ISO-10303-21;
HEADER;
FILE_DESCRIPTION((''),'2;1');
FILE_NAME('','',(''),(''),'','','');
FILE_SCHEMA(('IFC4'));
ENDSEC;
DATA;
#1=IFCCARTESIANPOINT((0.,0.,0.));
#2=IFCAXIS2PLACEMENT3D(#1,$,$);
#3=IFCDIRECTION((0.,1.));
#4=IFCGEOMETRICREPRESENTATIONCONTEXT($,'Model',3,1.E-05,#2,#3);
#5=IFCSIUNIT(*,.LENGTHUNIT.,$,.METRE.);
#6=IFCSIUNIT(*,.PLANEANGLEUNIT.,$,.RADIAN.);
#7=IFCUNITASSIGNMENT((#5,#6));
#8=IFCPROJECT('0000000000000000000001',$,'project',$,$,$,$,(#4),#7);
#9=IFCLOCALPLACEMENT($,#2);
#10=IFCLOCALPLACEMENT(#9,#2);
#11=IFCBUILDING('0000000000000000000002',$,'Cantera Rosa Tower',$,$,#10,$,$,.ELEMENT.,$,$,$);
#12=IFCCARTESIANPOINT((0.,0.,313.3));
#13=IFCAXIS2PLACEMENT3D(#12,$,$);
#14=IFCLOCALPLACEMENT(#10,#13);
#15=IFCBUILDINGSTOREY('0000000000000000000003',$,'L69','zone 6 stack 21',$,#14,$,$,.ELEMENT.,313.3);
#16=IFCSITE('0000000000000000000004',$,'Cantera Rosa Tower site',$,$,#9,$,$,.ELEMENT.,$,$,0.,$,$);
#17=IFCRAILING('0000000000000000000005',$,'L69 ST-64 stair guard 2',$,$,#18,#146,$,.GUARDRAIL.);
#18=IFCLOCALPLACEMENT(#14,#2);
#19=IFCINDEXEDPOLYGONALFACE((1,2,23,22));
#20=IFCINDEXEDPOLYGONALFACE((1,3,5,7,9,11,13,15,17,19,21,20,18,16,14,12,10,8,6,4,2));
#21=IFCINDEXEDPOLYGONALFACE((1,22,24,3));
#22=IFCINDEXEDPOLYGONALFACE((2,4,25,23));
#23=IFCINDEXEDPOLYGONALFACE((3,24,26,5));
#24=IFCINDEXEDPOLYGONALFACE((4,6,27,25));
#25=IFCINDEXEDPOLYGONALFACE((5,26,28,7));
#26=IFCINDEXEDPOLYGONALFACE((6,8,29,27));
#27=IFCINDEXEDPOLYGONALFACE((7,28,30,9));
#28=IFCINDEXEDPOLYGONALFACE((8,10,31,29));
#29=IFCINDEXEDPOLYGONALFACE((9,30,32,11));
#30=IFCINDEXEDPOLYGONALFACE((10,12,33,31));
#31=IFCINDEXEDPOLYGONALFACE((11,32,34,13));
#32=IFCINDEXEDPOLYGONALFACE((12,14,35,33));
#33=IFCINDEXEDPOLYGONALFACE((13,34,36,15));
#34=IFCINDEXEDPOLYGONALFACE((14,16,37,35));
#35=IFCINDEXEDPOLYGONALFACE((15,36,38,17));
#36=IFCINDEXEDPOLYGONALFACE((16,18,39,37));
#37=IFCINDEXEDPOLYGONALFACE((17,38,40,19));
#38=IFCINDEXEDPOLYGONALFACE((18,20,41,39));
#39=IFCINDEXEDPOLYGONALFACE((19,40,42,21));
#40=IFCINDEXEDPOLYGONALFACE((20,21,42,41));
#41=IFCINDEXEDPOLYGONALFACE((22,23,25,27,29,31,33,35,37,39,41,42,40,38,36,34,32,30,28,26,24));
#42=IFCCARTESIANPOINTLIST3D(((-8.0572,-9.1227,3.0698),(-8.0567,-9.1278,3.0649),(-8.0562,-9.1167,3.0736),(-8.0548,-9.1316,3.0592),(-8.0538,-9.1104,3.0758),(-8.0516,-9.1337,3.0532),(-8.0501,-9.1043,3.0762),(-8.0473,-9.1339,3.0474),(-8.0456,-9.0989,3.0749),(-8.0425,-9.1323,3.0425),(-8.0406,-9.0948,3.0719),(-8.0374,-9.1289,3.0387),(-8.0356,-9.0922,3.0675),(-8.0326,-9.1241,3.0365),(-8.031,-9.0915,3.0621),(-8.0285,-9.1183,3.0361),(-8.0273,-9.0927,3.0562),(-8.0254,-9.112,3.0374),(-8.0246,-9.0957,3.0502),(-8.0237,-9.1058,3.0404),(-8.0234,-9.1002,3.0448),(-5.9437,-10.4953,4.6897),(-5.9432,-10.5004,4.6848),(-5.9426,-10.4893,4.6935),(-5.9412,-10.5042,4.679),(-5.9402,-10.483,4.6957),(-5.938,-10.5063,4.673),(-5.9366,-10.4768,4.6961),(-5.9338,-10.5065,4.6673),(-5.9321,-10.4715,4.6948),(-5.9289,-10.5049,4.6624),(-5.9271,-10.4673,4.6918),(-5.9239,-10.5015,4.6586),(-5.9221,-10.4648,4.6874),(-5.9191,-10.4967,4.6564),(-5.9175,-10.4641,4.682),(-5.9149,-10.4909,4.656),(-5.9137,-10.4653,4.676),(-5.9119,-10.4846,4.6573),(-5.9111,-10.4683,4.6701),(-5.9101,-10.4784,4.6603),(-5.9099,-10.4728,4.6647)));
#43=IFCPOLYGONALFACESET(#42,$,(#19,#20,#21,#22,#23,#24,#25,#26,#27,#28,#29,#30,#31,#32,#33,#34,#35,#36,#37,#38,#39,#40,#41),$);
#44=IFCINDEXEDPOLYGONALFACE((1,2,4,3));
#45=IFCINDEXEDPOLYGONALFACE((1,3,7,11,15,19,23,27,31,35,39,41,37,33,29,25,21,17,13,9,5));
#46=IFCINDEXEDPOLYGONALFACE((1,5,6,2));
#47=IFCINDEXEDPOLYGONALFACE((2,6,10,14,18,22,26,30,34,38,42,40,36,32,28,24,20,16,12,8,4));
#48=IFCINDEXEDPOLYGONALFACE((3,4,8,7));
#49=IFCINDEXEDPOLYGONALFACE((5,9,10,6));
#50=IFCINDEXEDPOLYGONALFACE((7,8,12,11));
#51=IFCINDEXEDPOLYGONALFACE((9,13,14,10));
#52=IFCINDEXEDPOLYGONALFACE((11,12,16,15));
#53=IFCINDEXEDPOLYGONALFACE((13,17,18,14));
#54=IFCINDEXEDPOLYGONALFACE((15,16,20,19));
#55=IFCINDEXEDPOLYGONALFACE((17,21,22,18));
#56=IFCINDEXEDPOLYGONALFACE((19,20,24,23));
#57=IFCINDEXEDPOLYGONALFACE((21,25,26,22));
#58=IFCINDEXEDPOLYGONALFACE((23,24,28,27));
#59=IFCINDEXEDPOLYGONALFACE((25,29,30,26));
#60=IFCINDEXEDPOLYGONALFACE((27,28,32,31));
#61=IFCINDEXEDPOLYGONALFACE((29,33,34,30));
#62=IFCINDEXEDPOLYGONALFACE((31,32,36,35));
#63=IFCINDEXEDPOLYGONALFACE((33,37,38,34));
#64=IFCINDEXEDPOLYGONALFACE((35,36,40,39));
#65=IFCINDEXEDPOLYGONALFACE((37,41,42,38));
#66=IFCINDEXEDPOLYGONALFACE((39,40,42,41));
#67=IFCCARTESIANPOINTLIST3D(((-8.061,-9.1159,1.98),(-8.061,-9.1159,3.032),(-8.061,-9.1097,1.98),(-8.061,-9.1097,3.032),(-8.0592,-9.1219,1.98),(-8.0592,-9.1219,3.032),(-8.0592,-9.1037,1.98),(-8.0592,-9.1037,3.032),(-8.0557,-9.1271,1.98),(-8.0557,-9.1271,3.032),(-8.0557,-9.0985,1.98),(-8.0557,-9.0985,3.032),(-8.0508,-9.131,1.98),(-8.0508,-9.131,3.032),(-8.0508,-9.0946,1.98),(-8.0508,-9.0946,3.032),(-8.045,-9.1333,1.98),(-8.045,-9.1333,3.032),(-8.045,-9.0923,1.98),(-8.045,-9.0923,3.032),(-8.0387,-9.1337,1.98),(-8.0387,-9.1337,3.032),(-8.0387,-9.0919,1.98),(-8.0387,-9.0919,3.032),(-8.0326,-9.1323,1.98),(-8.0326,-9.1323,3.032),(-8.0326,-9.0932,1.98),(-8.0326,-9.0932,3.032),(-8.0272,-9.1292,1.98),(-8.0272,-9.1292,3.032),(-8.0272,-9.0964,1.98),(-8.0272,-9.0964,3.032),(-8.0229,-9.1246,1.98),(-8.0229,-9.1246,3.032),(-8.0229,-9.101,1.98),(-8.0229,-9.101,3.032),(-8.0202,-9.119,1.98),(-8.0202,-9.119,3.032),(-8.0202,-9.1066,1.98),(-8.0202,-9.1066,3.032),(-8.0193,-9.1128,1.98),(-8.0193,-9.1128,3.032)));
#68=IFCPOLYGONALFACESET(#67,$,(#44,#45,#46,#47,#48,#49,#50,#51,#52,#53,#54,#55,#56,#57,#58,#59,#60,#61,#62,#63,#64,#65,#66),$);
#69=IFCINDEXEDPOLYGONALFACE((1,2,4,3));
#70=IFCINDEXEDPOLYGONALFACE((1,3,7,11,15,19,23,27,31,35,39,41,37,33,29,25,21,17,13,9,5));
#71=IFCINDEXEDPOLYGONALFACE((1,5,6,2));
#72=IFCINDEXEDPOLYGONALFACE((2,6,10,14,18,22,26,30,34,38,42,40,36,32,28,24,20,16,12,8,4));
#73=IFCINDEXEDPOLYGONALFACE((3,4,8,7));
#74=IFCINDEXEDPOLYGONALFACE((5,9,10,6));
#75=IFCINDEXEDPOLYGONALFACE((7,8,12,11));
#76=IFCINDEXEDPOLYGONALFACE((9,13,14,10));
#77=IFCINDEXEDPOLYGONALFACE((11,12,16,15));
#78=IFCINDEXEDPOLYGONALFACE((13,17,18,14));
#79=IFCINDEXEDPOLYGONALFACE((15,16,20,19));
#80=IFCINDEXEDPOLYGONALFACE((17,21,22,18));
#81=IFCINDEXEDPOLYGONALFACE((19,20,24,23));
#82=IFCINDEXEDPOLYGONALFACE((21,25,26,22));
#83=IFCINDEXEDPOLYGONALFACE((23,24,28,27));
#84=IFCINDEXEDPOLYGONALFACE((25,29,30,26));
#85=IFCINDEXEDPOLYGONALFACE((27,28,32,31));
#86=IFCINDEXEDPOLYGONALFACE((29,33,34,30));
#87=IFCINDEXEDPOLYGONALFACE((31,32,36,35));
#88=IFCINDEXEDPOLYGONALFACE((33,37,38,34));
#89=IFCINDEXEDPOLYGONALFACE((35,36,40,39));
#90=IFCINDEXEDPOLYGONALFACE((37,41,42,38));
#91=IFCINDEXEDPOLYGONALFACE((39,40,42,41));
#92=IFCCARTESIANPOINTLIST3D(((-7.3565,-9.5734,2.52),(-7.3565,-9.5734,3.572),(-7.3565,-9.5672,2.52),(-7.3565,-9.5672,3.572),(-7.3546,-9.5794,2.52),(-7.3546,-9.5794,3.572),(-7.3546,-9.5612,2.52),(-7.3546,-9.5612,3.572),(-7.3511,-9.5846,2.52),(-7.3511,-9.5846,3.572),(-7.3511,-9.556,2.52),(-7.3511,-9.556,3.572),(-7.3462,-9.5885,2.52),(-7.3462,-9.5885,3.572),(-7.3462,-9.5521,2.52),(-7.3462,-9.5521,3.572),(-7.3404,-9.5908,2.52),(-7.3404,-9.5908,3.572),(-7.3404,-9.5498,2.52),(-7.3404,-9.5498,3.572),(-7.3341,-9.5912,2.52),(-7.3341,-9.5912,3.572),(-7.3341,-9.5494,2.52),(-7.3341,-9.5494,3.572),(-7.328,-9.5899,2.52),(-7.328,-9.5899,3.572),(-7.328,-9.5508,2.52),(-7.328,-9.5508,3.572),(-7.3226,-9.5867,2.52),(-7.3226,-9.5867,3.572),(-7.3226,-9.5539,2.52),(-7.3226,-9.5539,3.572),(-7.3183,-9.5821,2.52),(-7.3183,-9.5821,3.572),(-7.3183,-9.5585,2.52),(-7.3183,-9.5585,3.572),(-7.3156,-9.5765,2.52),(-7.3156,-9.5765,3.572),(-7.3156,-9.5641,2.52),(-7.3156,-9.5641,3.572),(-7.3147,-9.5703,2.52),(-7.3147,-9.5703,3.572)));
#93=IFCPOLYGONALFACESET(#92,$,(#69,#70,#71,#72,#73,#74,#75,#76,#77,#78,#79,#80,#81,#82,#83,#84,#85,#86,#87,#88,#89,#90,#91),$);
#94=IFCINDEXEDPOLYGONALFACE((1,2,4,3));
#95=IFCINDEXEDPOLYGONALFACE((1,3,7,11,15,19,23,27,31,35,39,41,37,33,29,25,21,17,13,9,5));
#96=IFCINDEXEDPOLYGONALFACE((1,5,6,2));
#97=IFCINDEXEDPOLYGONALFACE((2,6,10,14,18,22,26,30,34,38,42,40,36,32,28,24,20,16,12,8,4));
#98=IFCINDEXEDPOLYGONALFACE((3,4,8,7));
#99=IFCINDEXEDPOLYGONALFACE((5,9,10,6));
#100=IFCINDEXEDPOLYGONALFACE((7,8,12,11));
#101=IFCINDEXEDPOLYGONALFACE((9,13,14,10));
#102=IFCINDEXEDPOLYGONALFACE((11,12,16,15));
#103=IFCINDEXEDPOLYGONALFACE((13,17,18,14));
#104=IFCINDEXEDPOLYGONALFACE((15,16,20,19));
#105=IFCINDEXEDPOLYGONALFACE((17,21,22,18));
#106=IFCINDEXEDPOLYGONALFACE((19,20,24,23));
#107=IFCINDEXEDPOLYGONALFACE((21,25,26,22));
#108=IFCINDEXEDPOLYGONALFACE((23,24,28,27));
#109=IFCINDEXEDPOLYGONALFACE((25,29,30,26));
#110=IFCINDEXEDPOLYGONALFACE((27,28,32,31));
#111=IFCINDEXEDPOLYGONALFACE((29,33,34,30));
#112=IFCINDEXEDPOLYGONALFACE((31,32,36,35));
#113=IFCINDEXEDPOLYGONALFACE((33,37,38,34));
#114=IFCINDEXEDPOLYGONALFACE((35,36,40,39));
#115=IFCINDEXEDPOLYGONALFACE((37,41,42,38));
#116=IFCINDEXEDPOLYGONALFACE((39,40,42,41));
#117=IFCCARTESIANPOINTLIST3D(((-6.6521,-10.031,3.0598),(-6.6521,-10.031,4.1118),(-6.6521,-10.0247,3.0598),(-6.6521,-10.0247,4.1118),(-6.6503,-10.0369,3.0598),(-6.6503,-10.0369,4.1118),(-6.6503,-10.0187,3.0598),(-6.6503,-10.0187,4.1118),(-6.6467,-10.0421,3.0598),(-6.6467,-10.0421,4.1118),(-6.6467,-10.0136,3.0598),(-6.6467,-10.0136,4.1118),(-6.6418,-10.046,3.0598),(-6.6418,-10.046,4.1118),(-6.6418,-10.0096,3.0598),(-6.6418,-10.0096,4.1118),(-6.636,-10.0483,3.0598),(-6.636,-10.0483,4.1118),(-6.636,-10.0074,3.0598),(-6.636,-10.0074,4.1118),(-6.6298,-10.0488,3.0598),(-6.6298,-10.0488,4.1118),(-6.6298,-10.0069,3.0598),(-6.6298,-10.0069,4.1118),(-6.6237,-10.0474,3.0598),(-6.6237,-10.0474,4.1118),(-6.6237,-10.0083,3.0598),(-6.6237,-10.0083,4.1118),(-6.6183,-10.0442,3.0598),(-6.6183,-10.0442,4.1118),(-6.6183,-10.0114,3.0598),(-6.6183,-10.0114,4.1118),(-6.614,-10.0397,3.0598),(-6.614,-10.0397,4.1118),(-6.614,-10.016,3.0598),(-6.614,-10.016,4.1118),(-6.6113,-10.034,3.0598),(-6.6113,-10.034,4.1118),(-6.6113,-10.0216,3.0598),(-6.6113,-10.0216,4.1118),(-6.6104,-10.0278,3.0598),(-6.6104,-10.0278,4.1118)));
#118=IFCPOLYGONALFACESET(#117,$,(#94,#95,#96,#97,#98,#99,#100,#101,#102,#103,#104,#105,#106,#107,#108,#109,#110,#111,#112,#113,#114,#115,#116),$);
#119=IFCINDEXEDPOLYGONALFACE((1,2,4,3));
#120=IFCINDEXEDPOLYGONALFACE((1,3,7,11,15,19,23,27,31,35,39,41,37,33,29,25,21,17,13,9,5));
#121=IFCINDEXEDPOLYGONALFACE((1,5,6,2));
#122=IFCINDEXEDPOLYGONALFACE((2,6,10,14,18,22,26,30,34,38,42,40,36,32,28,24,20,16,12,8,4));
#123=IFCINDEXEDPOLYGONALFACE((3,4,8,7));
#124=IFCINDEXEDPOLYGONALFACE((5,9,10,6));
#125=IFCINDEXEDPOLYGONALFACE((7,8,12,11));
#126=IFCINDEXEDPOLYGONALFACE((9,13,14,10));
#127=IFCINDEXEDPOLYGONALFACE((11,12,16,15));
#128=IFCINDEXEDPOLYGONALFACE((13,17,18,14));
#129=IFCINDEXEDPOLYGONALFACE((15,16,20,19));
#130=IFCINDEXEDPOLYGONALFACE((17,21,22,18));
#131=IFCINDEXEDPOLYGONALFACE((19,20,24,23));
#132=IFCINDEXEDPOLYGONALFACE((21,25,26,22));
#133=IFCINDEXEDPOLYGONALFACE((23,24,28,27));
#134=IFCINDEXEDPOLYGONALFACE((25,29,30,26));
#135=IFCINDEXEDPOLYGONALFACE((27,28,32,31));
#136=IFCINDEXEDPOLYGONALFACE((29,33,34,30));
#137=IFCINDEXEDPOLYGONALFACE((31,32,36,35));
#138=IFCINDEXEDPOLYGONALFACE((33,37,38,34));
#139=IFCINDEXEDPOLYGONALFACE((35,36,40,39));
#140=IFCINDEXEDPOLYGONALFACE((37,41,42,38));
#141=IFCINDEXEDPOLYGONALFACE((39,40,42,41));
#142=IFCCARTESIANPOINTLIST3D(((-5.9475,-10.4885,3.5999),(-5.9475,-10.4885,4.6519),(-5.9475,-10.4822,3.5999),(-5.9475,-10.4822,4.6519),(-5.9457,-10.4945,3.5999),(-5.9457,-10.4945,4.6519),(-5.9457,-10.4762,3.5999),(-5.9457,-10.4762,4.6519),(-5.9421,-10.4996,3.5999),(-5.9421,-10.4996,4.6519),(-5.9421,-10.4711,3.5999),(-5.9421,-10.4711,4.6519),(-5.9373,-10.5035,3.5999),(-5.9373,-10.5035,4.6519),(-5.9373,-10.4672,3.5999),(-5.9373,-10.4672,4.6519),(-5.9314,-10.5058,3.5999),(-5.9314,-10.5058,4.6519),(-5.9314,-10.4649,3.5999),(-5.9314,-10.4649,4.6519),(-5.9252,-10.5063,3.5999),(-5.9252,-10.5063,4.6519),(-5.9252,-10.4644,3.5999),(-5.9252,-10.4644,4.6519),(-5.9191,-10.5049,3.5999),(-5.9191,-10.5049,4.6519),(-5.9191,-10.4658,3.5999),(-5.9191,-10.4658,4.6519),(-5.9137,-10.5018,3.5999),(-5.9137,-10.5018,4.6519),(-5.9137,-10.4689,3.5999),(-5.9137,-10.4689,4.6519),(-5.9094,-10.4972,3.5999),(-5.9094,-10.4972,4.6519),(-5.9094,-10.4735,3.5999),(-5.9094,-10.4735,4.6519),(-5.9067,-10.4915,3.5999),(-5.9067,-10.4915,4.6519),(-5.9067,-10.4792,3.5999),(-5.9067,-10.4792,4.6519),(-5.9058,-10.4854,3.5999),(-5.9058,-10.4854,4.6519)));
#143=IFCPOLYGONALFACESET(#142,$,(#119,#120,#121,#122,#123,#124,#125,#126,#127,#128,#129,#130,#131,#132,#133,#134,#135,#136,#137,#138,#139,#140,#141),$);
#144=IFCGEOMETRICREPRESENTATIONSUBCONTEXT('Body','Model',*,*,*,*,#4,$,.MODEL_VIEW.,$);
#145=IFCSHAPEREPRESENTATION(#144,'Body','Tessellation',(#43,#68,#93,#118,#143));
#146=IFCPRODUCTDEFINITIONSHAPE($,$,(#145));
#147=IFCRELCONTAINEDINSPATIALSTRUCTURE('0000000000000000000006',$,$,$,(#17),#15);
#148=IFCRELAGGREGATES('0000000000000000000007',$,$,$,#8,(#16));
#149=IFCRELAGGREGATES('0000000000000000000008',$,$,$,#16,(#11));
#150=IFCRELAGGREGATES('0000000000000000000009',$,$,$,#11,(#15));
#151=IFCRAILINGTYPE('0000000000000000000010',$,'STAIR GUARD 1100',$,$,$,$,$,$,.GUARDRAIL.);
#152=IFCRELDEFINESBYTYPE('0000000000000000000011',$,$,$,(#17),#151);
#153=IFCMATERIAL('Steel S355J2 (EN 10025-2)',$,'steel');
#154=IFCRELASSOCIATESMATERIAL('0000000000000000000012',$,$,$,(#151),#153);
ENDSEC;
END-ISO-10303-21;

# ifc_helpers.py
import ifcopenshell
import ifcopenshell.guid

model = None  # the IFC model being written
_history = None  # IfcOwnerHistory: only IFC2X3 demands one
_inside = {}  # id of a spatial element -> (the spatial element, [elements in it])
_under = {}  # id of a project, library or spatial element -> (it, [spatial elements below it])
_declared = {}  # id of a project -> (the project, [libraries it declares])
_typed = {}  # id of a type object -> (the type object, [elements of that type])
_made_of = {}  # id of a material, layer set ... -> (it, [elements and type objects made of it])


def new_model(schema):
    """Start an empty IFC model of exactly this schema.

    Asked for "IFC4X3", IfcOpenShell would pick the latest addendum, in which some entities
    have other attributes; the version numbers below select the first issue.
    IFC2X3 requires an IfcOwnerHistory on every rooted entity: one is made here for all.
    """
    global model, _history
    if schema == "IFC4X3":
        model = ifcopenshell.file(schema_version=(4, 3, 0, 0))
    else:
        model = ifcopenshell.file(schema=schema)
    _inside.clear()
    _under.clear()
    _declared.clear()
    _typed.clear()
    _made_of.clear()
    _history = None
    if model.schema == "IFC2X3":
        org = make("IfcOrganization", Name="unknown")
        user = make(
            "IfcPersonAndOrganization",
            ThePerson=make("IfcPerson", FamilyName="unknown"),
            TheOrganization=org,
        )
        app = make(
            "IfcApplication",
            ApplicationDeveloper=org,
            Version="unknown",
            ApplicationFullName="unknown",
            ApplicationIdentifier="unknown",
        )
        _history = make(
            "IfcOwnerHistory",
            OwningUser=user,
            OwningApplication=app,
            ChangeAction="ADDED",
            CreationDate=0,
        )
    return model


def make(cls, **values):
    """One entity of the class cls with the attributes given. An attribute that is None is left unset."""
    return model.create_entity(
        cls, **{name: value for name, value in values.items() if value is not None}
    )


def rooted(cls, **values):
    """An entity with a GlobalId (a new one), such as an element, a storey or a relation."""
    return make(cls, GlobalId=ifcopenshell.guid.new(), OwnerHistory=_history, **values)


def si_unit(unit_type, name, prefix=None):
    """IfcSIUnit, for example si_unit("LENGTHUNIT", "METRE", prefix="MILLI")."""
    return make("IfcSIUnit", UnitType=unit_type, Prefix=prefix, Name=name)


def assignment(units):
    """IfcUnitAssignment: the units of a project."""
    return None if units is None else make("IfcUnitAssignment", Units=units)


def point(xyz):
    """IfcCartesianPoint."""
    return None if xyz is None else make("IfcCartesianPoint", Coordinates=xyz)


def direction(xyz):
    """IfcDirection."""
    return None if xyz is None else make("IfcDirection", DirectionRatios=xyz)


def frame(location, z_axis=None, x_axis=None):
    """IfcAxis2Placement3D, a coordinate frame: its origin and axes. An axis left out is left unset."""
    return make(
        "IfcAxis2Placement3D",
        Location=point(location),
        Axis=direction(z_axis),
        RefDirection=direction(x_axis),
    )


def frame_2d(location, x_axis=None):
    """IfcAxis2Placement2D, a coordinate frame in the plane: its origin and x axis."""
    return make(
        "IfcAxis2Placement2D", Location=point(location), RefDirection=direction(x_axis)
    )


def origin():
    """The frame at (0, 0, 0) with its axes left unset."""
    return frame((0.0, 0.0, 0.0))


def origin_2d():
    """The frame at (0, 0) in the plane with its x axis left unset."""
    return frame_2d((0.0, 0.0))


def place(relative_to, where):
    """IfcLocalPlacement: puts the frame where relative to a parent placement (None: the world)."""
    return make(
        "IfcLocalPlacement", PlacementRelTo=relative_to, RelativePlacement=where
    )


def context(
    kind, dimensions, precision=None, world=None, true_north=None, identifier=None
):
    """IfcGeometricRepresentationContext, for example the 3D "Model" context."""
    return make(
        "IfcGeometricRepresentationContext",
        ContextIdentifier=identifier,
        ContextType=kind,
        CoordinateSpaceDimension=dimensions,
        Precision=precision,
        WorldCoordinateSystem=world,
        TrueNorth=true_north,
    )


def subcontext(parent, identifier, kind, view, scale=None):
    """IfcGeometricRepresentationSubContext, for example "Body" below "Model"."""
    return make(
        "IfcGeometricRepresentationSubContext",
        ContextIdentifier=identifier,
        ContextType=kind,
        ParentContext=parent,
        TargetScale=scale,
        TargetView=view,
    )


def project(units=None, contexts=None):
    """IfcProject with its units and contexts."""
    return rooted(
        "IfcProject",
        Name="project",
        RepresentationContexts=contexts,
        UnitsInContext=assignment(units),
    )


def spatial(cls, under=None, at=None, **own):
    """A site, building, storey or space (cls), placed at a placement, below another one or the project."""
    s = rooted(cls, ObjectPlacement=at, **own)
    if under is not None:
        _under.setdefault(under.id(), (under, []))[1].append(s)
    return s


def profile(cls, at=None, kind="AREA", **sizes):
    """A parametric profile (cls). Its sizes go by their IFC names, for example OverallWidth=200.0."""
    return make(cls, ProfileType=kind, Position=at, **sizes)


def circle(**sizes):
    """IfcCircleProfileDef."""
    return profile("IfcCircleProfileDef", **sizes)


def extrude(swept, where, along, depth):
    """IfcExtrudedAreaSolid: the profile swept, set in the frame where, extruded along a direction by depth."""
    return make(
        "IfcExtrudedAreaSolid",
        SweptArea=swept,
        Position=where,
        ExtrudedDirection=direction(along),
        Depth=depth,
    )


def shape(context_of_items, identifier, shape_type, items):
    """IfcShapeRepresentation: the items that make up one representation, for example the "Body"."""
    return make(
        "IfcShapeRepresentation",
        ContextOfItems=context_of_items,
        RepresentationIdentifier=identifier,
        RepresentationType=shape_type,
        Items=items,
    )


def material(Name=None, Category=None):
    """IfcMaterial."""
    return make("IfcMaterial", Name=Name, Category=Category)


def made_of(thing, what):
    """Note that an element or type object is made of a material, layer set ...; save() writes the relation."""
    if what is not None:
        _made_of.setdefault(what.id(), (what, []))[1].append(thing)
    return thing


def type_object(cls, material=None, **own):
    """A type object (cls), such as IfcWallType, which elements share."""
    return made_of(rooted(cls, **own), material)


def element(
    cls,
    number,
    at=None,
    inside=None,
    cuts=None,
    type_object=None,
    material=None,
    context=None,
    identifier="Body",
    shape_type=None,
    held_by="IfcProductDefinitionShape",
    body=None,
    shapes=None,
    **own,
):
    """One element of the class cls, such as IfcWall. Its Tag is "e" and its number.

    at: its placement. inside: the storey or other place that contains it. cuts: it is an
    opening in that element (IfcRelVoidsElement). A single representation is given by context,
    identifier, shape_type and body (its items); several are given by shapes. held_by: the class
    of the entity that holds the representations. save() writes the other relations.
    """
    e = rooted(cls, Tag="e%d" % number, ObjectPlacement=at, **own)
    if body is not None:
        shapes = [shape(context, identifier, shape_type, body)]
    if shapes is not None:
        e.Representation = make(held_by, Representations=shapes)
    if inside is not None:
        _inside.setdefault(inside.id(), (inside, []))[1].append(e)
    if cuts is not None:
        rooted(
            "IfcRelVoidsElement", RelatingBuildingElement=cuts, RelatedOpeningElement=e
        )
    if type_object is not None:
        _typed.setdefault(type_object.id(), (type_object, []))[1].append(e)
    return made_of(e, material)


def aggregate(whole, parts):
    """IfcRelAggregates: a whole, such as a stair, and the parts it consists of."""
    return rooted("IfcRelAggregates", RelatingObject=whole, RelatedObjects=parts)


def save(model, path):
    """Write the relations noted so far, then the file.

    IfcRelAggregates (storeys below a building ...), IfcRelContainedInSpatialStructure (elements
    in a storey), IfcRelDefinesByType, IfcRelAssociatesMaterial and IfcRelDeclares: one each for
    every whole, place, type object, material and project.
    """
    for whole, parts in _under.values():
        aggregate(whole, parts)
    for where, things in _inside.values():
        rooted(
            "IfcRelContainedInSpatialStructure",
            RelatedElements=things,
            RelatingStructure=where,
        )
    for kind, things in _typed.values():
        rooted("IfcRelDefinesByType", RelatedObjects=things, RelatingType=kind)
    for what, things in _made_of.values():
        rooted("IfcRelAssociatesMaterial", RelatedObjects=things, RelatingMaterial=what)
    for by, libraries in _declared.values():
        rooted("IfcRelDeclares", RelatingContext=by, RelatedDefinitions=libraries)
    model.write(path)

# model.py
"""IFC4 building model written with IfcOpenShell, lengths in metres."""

from ifc_helpers import new_model, si_unit, direction, frame, origin, origin_2d, place, context, subcontext, project, spatial, circle, extrude, material, type_object, element, save


model = new_model("IFC4")

# Units and contexts
model_context = context("Model", 3, precision=1e-05, world=origin(), true_north=direction((0.0, 1.0)))
body_context = subcontext(model_context, "Body", "Model", "MODEL_VIEW")
ifc_project = project(units=[si_unit("LENGTHUNIT", "METRE"), si_unit("PLANEANGLEUNIT", "RADIAN")], contexts=[model_context])

# Site, building, storey
site_placement = place(None, origin())
site = spatial("IfcSite", under=ifc_project, at=site_placement, Name="Cantera Rosa Tower site", CompositionType="ELEMENT", RefElevation=0.0)
building_placement = place(site_placement, origin())
building = spatial("IfcBuilding", under=site, at=building_placement, Name="Cantera Rosa Tower", CompositionType="ELEMENT")
storey_placement = place(building_placement, frame((0.0, 0.0, 313.3)))
storey = spatial("IfcBuildingStorey", under=building, at=storey_placement, Name="L69", Description="zone 6 stack 21", CompositionType="ELEMENT", Elevation=313.3)

# Railing
ifc_material_1 = material(Name="Steel S355J2 (EN 10025-2)", Category="steel")
railing_type_1 = type_object("IfcRailingType", Name="STAIR GUARD 1100", PredefinedType="GUARDRAIL", material=ifc_material_1)
railing_1_placement = place(storey_placement, frame((-8.0403, -9.1128, 1.98)))
element("IfcRailing", 1, at=railing_1_placement, inside=storey, type_object=railing_type_1, Name="L69 ST-64 stair guard 2", PredefinedType="GUARDRAIL", context=body_context, shape_type="SweptSolid", body=[
    extrude(circle(Radius=0.0239, at=origin_2d()), frame((0.0, 0.0, 1.0762), z_axis=(0.705493, -0.458159, 0.540712), x_axis=(0.544644, 0.838667, 0.0)), (0.0, 0.0, 1.0), 2.9958),
    extrude(circle(Radius=0.021, at=origin_2d()), origin(), (0.0, 0.0, 1.0), 1.052),
    extrude(circle(Radius=0.021, at=origin_2d()), frame((0.7046, -0.4575, 0.54)), (0.0, 0.0, 1.0), 1.052),
    extrude(circle(Radius=0.021, at=origin_2d()), frame((1.4089, -0.915, 1.0798)), (0.0, 0.0, 1.0), 1.052),
    extrude(circle(Radius=0.021, at=origin_2d()), frame((2.1135, -1.3726, 1.6199)), (0.0, 0.0, 1.0), 1.052),
])

save(model, "model.ifc")
